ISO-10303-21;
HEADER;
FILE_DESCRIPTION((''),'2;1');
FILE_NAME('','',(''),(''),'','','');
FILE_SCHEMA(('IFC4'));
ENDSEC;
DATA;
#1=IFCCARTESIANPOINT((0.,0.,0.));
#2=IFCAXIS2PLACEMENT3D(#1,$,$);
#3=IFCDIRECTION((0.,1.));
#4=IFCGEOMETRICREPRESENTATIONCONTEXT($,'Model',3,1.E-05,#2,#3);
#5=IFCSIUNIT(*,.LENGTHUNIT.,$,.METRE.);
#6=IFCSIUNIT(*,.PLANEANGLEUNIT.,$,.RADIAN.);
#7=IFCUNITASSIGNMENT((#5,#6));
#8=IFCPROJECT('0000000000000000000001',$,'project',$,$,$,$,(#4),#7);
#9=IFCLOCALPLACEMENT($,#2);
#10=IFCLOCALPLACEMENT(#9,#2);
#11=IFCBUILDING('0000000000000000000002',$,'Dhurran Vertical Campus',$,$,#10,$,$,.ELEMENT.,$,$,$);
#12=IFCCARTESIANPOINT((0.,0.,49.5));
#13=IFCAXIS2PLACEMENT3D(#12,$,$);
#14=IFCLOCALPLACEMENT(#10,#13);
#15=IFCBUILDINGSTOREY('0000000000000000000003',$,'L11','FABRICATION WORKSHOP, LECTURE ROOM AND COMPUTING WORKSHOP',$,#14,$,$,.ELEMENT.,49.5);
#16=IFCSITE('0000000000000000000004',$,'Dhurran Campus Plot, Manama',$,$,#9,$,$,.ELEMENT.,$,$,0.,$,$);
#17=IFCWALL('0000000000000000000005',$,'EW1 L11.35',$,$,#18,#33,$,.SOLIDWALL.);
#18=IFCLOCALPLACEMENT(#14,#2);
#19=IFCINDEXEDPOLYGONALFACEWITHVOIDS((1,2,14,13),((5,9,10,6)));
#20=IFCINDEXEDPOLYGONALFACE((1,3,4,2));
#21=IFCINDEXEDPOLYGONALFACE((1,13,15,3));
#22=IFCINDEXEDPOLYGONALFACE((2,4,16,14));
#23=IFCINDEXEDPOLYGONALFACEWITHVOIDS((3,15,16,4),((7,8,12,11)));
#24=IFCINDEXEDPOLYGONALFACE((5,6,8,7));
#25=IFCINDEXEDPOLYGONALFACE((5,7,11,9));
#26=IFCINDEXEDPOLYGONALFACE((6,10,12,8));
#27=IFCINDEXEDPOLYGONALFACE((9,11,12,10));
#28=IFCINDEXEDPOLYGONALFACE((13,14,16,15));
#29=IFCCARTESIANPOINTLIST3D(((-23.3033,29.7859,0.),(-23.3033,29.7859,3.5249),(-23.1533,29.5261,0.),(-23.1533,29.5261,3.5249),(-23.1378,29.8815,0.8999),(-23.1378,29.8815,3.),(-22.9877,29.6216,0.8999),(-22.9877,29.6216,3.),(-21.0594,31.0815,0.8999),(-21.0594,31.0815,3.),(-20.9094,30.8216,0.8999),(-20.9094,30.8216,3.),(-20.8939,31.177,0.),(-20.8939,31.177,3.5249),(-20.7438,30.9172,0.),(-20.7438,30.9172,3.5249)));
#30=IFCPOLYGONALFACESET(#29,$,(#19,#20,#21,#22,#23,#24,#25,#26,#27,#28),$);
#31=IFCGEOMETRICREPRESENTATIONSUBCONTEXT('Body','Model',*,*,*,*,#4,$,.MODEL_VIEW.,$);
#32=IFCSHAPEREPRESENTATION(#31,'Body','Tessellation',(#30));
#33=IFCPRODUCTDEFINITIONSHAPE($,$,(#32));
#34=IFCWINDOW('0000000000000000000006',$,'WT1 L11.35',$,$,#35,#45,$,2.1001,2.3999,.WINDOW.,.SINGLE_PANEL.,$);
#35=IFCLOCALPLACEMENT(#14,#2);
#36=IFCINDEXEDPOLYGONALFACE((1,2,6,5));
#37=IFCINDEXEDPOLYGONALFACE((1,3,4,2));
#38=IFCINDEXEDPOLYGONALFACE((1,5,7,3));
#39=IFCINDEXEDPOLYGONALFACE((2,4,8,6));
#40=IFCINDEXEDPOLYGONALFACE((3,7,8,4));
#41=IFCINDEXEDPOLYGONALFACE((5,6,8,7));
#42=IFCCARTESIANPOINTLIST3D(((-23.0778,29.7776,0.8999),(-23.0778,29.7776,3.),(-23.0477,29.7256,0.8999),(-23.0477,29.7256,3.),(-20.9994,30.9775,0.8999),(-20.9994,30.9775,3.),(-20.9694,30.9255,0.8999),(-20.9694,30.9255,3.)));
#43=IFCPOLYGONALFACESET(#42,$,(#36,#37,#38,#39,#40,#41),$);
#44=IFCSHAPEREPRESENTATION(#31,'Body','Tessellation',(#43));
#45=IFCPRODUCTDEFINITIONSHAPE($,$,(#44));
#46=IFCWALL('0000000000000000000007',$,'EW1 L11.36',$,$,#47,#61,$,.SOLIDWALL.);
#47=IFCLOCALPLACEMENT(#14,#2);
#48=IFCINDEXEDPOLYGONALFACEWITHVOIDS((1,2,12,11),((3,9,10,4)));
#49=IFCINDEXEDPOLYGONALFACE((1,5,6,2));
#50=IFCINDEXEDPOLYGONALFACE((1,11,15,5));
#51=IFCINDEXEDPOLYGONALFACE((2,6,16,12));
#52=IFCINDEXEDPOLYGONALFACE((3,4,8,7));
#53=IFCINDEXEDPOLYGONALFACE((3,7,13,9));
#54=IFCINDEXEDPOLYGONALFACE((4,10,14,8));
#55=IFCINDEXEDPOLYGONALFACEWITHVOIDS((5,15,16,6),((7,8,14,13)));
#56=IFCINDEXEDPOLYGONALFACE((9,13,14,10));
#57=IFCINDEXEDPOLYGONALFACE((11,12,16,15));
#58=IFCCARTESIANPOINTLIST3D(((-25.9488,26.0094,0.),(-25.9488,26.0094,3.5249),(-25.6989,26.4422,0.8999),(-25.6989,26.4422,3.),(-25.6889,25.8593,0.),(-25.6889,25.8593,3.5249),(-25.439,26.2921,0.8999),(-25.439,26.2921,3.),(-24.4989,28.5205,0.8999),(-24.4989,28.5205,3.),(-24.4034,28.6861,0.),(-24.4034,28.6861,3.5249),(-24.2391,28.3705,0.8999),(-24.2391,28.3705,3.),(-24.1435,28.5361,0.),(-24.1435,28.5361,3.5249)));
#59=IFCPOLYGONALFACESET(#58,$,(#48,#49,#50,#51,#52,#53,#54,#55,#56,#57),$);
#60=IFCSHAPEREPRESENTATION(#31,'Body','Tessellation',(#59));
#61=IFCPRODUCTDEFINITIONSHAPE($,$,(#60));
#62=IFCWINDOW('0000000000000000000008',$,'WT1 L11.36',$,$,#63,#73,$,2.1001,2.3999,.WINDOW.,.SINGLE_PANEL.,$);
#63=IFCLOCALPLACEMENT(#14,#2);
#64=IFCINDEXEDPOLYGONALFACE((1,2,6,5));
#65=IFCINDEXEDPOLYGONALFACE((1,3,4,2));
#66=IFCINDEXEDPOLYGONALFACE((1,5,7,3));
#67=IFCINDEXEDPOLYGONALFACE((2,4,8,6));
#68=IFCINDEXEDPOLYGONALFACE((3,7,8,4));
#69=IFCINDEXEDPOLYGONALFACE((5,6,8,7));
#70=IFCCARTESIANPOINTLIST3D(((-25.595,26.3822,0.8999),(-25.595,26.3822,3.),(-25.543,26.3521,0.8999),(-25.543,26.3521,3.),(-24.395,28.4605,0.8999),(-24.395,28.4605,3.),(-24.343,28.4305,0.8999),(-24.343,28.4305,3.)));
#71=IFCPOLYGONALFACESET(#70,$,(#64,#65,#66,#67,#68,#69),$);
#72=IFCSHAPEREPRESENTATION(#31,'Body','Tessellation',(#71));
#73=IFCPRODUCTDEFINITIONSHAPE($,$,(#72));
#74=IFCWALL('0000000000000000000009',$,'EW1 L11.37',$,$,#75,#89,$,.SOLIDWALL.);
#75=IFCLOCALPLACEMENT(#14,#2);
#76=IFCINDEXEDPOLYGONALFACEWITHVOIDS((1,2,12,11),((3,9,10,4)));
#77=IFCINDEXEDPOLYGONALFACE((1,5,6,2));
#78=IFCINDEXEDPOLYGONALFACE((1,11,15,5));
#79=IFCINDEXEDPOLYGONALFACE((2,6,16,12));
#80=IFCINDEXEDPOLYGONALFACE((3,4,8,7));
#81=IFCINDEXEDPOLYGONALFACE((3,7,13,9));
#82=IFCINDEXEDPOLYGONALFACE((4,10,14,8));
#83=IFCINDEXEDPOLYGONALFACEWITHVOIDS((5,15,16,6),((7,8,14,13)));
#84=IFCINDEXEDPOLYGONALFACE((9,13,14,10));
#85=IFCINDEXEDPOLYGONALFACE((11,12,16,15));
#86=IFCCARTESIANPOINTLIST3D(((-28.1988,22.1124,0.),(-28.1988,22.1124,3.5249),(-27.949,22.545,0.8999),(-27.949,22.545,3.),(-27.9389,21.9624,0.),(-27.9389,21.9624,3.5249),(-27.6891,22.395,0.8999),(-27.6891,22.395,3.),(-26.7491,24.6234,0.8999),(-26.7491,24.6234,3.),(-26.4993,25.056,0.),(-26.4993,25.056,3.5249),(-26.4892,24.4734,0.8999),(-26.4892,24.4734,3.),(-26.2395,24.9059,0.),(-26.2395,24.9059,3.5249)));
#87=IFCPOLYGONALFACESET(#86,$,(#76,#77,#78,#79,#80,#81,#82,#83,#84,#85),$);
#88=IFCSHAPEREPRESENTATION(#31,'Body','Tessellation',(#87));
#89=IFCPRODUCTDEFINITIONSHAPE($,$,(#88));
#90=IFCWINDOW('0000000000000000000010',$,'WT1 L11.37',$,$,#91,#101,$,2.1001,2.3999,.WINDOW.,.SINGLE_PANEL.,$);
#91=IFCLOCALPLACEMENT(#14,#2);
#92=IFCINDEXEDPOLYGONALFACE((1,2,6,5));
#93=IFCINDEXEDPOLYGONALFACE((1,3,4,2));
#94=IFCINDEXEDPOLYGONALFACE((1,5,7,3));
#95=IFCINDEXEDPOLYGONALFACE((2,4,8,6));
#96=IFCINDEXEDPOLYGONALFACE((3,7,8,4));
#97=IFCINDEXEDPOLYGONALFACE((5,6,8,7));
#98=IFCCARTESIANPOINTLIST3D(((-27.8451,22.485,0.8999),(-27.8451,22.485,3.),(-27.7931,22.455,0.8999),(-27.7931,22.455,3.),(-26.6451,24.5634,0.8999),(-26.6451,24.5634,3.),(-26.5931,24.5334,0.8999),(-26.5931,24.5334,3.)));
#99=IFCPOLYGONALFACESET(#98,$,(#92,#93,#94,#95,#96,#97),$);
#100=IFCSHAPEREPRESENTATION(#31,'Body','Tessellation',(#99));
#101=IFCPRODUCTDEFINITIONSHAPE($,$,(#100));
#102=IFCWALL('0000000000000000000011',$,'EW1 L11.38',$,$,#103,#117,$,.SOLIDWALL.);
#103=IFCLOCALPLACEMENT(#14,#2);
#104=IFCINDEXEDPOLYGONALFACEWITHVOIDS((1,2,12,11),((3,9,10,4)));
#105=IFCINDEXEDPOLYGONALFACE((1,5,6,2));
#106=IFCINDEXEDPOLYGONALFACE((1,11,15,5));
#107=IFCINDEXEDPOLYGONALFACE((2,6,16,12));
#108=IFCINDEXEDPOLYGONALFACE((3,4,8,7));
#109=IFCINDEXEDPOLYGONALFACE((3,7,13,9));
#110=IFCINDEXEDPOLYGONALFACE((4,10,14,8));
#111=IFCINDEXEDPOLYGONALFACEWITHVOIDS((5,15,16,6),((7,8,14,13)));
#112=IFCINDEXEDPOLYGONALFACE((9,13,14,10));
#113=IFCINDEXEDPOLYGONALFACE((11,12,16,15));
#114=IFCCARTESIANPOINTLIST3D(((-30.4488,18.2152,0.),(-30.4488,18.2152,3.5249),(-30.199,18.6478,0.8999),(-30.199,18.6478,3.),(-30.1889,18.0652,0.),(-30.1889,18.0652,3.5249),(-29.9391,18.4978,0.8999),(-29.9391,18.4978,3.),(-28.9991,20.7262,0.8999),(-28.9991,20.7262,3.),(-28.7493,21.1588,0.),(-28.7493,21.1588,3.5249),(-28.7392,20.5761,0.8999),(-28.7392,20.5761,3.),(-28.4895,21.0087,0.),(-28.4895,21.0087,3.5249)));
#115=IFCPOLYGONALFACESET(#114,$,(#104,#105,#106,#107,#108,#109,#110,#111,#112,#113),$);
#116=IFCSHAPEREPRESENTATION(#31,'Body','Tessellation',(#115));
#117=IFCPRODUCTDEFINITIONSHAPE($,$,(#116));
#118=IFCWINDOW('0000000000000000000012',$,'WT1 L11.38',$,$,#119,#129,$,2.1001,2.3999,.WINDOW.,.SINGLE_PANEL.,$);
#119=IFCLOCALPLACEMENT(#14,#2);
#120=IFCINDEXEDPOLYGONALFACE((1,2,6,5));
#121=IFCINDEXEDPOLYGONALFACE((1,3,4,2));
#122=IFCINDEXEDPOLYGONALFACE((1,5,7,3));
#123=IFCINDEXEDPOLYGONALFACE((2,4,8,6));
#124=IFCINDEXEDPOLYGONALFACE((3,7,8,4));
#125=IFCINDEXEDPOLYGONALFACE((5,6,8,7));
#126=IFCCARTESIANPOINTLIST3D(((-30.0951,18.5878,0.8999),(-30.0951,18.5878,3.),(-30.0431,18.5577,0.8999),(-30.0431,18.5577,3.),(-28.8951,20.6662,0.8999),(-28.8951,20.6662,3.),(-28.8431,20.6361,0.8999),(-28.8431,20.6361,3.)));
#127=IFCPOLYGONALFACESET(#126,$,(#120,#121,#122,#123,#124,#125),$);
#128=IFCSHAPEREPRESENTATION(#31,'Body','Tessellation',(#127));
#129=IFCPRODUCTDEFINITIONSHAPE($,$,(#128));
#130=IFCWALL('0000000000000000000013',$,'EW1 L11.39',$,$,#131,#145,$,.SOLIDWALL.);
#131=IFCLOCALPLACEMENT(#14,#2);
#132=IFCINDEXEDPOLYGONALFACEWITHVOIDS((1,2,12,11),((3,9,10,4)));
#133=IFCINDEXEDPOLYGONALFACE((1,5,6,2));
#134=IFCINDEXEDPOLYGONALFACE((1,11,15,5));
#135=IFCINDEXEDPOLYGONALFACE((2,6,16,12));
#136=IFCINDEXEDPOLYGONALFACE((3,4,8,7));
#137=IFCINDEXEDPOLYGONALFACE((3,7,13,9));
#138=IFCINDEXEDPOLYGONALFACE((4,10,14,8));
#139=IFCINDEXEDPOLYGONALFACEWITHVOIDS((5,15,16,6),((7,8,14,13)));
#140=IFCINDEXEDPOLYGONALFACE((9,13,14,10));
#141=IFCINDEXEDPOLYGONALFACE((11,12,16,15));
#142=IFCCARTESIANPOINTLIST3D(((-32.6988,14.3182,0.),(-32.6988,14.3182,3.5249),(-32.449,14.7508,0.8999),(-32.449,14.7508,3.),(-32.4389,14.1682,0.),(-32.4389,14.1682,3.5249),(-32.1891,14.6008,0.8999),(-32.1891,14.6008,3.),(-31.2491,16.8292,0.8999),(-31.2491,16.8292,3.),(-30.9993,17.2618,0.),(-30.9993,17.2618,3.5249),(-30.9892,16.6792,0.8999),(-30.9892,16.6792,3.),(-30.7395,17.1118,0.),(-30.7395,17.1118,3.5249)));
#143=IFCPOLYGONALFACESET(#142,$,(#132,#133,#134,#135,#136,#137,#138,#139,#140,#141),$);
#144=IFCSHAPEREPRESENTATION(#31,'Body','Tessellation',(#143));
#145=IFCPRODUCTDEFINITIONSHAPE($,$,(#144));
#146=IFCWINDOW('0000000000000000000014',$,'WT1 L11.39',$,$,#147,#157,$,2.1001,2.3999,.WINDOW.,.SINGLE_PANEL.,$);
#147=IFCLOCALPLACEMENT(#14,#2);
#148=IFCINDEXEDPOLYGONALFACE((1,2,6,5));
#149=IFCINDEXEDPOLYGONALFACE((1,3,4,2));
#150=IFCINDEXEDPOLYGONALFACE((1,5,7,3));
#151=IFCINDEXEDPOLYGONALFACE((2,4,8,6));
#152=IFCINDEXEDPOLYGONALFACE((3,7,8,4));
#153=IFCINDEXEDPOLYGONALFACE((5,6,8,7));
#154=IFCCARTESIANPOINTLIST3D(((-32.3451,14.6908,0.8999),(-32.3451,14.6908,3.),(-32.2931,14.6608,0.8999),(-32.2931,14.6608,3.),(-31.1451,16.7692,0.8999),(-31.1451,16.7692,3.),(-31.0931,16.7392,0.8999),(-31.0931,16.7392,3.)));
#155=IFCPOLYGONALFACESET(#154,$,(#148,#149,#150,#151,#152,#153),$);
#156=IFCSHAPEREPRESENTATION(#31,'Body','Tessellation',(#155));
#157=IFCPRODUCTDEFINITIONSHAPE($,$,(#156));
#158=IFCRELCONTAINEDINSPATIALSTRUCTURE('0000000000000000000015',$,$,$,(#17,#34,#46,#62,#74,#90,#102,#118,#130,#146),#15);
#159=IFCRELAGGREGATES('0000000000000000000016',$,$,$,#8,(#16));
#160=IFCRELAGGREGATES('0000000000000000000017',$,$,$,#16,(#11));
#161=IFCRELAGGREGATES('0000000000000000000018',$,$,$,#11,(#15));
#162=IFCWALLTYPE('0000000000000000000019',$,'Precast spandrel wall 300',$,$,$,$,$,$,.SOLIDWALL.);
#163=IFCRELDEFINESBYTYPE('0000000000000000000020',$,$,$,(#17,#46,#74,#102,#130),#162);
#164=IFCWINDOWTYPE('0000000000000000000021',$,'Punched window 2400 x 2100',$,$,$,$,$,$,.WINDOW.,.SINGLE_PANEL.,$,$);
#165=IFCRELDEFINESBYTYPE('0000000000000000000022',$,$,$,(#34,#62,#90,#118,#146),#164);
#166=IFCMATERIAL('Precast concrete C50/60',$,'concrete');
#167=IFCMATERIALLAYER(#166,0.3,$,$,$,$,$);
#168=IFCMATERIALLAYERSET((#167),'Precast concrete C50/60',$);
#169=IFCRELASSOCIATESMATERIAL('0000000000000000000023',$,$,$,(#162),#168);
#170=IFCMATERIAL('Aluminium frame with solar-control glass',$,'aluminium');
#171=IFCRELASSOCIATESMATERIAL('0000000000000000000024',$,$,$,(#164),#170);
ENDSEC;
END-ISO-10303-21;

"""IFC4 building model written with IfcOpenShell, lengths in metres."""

from ifc_helpers import new_model, si_unit, direction, frame, frame_2d, origin, place, context, subcontext, project, spatial, rectangle, extrude, material, layer, layer_set, type_object, element, fill, save


model = new_model("IFC4")

# Units and contexts
model_context = context("Model", 3, precision=1e-05, world=origin(), true_north=direction((0.0, 1.0)))
body_context = subcontext(model_context, "Body", "Model", "MODEL_VIEW")
ifc_project = project(units=[si_unit("LENGTHUNIT", "METRE"), si_unit("PLANEANGLEUNIT", "RADIAN")], contexts=[model_context])

# Site, building, storey
site_placement = place(None, origin())
site = spatial("IfcSite", under=ifc_project, at=site_placement, Name="Dhurran Campus Plot, Manama", CompositionType="ELEMENT", RefElevation=0.0)
building_placement = place(site_placement, origin())
building = spatial("IfcBuilding", under=site, at=building_placement, Name="Dhurran Vertical Campus", CompositionType="ELEMENT")
storey_placement = place(building_placement, frame((0.0, 0.0, 49.5)))
storey = spatial("IfcBuildingStorey", under=building, at=storey_placement, Name="L11", Description="FABRICATION WORKSHOP, LECTURE ROOM AND COMPUTING WORKSHOP", CompositionType="ELEMENT", Elevation=49.5)

# Walls, openings, windows
ifc_material_1 = material(Name="Precast concrete C50/60", Category="concrete")
ifc_layer_1 = layer(ifc_material_1, 0.3)
ifc_layer_set_1 = layer_set([ifc_layer_1], Name="Precast concrete C50/60")
wall_type_1 = type_object("IfcWallType", Name="Precast spandrel wall 300", PredefinedType="SOLIDWALL", material=ifc_layer_set_1)
ifc_material_2 = material(Name="Aluminium frame with solar-control glass", Category="aluminium")
window_type = type_object("IfcWindowType", Name="Punched window 2400 x 2100", PartitioningType="SINGLE_PANEL", PredefinedType="WINDOW", material=ifc_material_2)
wall_1_placement = place(storey_placement, frame((-20.8188, 31.0471, 0.0), z_axis=(0.0, 0.0, 1.0), x_axis=(-0.86602, -0.500009, 0.0)))
wall_1 = element("IfcWall", 1, at=wall_1_placement, inside=storey, type_object=wall_type_1, Name="EW1 L11.35", PredefinedType="SOLIDWALL", context=body_context, shape_type="SweptSolid", body=[
    extrude(rectangle(XDim=2.7822, YDim=0.3, at=frame_2d((1.3911, 0.0))), origin(), (0.0, 0.0, 1.0), 3.5249),
])
opening_1_placement = place(wall_1_placement, frame((0.1912, 0.0, 0.8999)))
opening_1 = element("IfcOpeningElement", 2, at=opening_1_placement, cuts=wall_1, PredefinedType="OPENING", context=body_context, shape_type="SweptSolid", body=[
    extrude(rectangle(XDim=2.3999, YDim=2.1001, at=frame_2d((1.2, 1.05))), frame((0.0, 0.1599, 0.0), z_axis=(0.0, -1.0, 0.0), x_axis=(1.0, 0.0, 0.0)), (0.0, 0.0, 1.0), 0.3201),
])
window_1_placement = place(opening_1_placement, origin())
window_1 = element("IfcWindow", 3, at=window_1_placement, inside=storey, type_object=window_type, Name="WT1 L11.35", OverallHeight=2.1001, OverallWidth=2.3999, PartitioningType="SINGLE_PANEL", PredefinedType="WINDOW", context=body_context, shape_type="SweptSolid", body=[
    extrude(rectangle(XDim=2.3999, YDim=2.1001, at=frame_2d((1.2, 1.05))), frame((0.0, 0.03, 0.0), z_axis=(0.0, -1.0, 0.0), x_axis=(1.0, 0.0, 0.0)), (0.0, 0.0, 1.0), 0.0601),
])
fill(opening_1, window_1)
wall_2_placement = place(storey_placement, frame((-24.2734, 28.6111, 0.0), z_axis=(0.0, 0.0, 1.0), x_axis=(-0.499996, -0.866028, 0.0)))
wall_2 = element("IfcWall", 4, at=wall_2_placement, inside=storey, type_object=wall_type_1, Name="EW1 L11.36", PredefinedType="SOLIDWALL", context=body_context, shape_type="SweptSolid", body=[
    extrude(rectangle(XDim=3.0908, YDim=0.3, at=frame_2d((1.5454, 0.0))), origin(), (0.0, 0.0, 1.0), 3.5249),
])
opening_2_placement = place(wall_2_placement, frame((0.1912, 0.0, 0.8999)))
opening_2 = element("IfcOpeningElement", 5, at=opening_2_placement, cuts=wall_2, PredefinedType="OPENING", context=body_context, shape_type="SweptSolid", body=[
    extrude(rectangle(XDim=2.3999, YDim=2.1001, at=frame_2d((1.2, 1.05))), frame((0.0, 0.1599, 0.0), z_axis=(0.0, -1.0, 0.0), x_axis=(1.0, 0.0, 0.0)), (0.0, 0.0, 1.0), 0.3201),
])
window_2_placement = place(opening_2_placement, origin())
window_2 = element("IfcWindow", 6, at=window_2_placement, inside=storey, type_object=window_type, Name="WT1 L11.36", OverallHeight=2.1001, OverallWidth=2.3999, PartitioningType="SINGLE_PANEL", PredefinedType="WINDOW", context=body_context, shape_type="SweptSolid", body=[
    extrude(rectangle(XDim=2.3999, YDim=2.1001, at=frame_2d((1.2, 1.05))), frame((0.0, 0.03, 0.0), z_axis=(0.0, -1.0, 0.0), x_axis=(1.0, 0.0, 0.0)), (0.0, 0.0, 1.0), 0.0601),
])
fill(opening_2, window_2)
wall_3_placement = place(storey_placement, frame((-26.3694, 24.981, 0.0), z_axis=(0.0, 0.0, 1.0), x_axis=(-0.499994, -0.866029, 0.0)))
wall_3 = element("IfcWall", 7, at=wall_3_placement, inside=storey, type_object=wall_type_1, Name="EW1 L11.37", PredefinedType="SOLIDWALL", context=body_context, shape_type="SweptSolid", body=[
    extrude(rectangle(XDim=3.3989, YDim=0.3, at=frame_2d((1.6995, 0.0))), origin(), (0.0, 0.0, 1.0), 3.5249),
])
opening_3_placement = place(wall_3_placement, frame((0.4995, 0.0, 0.8999)))
opening_3 = element("IfcOpeningElement", 8, at=opening_3_placement, cuts=wall_3, PredefinedType="OPENING", context=body_context, shape_type="SweptSolid", body=[
    extrude(rectangle(XDim=2.3999, YDim=2.1001, at=frame_2d((1.2, 1.05))), frame((0.0, 0.1599, 0.0), z_axis=(0.0, -1.0, 0.0), x_axis=(1.0, 0.0, 0.0)), (0.0, 0.0, 1.0), 0.3201),
])
window_3_placement = place(opening_3_placement, origin())
window_3 = element("IfcWindow", 9, at=window_3_placement, inside=storey, type_object=window_type, Name="WT1 L11.37", OverallHeight=2.1001, OverallWidth=2.3999, PartitioningType="SINGLE_PANEL", PredefinedType="WINDOW", context=body_context, shape_type="SweptSolid", body=[
    extrude(rectangle(XDim=2.3999, YDim=2.1001, at=frame_2d((1.2, 1.05))), frame((0.0, 0.03, 0.0), z_axis=(0.0, -1.0, 0.0), x_axis=(1.0, 0.0, 0.0)), (0.0, 0.0, 1.0), 0.0601),
])
fill(opening_3, window_3)
wall_4_placement = place(storey_placement, frame((-28.6194, 21.0837, 0.0), z_axis=(0.0, 0.0, 1.0), x_axis=(-0.499994, -0.866029, 0.0)))
wall_4 = element("IfcWall", 10, at=wall_4_placement, inside=storey, type_object=wall_type_1, Name="EW1 L11.38", PredefinedType="SOLIDWALL", context=body_context, shape_type="SweptSolid", body=[
    extrude(rectangle(XDim=3.3989, YDim=0.3, at=frame_2d((1.6995, 0.0))), origin(), (0.0, 0.0, 1.0), 3.5249),
])
opening_4_placement = place(wall_4_placement, frame((0.4995, 0.0, 0.8999)))
opening_4 = element("IfcOpeningElement", 11, at=opening_4_placement, cuts=wall_4, PredefinedType="OPENING", context=body_context, shape_type="SweptSolid", body=[
    extrude(rectangle(XDim=2.3999, YDim=2.1001, at=frame_2d((1.2, 1.05))), frame((0.0, 0.1599, 0.0), z_axis=(0.0, -1.0, 0.0), x_axis=(1.0, 0.0, 0.0)), (0.0, 0.0, 1.0), 0.3201),
])
window_4_placement = place(opening_4_placement, origin())
window_4 = element("IfcWindow", 12, at=window_4_placement, inside=storey, type_object=window_type, Name="WT1 L11.38", OverallHeight=2.1001, OverallWidth=2.3999, PartitioningType="SINGLE_PANEL", PredefinedType="WINDOW", context=body_context, shape_type="SweptSolid", body=[
    extrude(rectangle(XDim=2.3999, YDim=2.1001, at=frame_2d((1.2, 1.05))), frame((0.0, 0.03, 0.0), z_axis=(0.0, -1.0, 0.0), x_axis=(1.0, 0.0, 0.0)), (0.0, 0.0, 1.0), 0.0601),
])
fill(opening_4, window_4)
wall_5_placement = place(storey_placement, frame((-30.8694, 17.1868, 0.0), z_axis=(0.0, 0.0, 1.0), x_axis=(-0.499994, -0.866029, 0.0)))
wall_5 = element("IfcWall", 13, at=wall_5_placement, inside=storey, type_object=wall_type_1, Name="EW1 L11.39", PredefinedType="SOLIDWALL", context=body_context, shape_type="SweptSolid", body=[
    extrude(rectangle(XDim=3.3989, YDim=0.3, at=frame_2d((1.6995, 0.0))), origin(), (0.0, 0.0, 1.0), 3.5249),
])
opening_5_placement = place(wall_5_placement, frame((0.4995, 0.0, 0.8999)))
opening_5 = element("IfcOpeningElement", 14, at=opening_5_placement, cuts=wall_5, PredefinedType="OPENING", context=body_context, shape_type="SweptSolid", body=[
    extrude(rectangle(XDim=2.3999, YDim=2.1001, at=frame_2d((1.2, 1.05))), frame((0.0, 0.1599, 0.0), z_axis=(0.0, -1.0, 0.0), x_axis=(1.0, 0.0, 0.0)), (0.0, 0.0, 1.0), 0.3201),
])
window_5_placement = place(opening_5_placement, origin())
window_5 = element("IfcWindow", 15, at=window_5_placement, inside=storey, type_object=window_type, Name="WT1 L11.39", OverallHeight=2.1001, OverallWidth=2.3999, PartitioningType="SINGLE_PANEL", PredefinedType="WINDOW", context=body_context, shape_type="SweptSolid", body=[
    extrude(rectangle(XDim=2.3999, YDim=2.1001, at=frame_2d((1.2, 1.05))), frame((0.0, 0.03, 0.0), z_axis=(0.0, -1.0, 0.0), x_axis=(1.0, 0.0, 0.0)), (0.0, 0.0, 1.0), 0.0601),
])
fill(opening_5, window_5)

save(model, "model.ifc")
